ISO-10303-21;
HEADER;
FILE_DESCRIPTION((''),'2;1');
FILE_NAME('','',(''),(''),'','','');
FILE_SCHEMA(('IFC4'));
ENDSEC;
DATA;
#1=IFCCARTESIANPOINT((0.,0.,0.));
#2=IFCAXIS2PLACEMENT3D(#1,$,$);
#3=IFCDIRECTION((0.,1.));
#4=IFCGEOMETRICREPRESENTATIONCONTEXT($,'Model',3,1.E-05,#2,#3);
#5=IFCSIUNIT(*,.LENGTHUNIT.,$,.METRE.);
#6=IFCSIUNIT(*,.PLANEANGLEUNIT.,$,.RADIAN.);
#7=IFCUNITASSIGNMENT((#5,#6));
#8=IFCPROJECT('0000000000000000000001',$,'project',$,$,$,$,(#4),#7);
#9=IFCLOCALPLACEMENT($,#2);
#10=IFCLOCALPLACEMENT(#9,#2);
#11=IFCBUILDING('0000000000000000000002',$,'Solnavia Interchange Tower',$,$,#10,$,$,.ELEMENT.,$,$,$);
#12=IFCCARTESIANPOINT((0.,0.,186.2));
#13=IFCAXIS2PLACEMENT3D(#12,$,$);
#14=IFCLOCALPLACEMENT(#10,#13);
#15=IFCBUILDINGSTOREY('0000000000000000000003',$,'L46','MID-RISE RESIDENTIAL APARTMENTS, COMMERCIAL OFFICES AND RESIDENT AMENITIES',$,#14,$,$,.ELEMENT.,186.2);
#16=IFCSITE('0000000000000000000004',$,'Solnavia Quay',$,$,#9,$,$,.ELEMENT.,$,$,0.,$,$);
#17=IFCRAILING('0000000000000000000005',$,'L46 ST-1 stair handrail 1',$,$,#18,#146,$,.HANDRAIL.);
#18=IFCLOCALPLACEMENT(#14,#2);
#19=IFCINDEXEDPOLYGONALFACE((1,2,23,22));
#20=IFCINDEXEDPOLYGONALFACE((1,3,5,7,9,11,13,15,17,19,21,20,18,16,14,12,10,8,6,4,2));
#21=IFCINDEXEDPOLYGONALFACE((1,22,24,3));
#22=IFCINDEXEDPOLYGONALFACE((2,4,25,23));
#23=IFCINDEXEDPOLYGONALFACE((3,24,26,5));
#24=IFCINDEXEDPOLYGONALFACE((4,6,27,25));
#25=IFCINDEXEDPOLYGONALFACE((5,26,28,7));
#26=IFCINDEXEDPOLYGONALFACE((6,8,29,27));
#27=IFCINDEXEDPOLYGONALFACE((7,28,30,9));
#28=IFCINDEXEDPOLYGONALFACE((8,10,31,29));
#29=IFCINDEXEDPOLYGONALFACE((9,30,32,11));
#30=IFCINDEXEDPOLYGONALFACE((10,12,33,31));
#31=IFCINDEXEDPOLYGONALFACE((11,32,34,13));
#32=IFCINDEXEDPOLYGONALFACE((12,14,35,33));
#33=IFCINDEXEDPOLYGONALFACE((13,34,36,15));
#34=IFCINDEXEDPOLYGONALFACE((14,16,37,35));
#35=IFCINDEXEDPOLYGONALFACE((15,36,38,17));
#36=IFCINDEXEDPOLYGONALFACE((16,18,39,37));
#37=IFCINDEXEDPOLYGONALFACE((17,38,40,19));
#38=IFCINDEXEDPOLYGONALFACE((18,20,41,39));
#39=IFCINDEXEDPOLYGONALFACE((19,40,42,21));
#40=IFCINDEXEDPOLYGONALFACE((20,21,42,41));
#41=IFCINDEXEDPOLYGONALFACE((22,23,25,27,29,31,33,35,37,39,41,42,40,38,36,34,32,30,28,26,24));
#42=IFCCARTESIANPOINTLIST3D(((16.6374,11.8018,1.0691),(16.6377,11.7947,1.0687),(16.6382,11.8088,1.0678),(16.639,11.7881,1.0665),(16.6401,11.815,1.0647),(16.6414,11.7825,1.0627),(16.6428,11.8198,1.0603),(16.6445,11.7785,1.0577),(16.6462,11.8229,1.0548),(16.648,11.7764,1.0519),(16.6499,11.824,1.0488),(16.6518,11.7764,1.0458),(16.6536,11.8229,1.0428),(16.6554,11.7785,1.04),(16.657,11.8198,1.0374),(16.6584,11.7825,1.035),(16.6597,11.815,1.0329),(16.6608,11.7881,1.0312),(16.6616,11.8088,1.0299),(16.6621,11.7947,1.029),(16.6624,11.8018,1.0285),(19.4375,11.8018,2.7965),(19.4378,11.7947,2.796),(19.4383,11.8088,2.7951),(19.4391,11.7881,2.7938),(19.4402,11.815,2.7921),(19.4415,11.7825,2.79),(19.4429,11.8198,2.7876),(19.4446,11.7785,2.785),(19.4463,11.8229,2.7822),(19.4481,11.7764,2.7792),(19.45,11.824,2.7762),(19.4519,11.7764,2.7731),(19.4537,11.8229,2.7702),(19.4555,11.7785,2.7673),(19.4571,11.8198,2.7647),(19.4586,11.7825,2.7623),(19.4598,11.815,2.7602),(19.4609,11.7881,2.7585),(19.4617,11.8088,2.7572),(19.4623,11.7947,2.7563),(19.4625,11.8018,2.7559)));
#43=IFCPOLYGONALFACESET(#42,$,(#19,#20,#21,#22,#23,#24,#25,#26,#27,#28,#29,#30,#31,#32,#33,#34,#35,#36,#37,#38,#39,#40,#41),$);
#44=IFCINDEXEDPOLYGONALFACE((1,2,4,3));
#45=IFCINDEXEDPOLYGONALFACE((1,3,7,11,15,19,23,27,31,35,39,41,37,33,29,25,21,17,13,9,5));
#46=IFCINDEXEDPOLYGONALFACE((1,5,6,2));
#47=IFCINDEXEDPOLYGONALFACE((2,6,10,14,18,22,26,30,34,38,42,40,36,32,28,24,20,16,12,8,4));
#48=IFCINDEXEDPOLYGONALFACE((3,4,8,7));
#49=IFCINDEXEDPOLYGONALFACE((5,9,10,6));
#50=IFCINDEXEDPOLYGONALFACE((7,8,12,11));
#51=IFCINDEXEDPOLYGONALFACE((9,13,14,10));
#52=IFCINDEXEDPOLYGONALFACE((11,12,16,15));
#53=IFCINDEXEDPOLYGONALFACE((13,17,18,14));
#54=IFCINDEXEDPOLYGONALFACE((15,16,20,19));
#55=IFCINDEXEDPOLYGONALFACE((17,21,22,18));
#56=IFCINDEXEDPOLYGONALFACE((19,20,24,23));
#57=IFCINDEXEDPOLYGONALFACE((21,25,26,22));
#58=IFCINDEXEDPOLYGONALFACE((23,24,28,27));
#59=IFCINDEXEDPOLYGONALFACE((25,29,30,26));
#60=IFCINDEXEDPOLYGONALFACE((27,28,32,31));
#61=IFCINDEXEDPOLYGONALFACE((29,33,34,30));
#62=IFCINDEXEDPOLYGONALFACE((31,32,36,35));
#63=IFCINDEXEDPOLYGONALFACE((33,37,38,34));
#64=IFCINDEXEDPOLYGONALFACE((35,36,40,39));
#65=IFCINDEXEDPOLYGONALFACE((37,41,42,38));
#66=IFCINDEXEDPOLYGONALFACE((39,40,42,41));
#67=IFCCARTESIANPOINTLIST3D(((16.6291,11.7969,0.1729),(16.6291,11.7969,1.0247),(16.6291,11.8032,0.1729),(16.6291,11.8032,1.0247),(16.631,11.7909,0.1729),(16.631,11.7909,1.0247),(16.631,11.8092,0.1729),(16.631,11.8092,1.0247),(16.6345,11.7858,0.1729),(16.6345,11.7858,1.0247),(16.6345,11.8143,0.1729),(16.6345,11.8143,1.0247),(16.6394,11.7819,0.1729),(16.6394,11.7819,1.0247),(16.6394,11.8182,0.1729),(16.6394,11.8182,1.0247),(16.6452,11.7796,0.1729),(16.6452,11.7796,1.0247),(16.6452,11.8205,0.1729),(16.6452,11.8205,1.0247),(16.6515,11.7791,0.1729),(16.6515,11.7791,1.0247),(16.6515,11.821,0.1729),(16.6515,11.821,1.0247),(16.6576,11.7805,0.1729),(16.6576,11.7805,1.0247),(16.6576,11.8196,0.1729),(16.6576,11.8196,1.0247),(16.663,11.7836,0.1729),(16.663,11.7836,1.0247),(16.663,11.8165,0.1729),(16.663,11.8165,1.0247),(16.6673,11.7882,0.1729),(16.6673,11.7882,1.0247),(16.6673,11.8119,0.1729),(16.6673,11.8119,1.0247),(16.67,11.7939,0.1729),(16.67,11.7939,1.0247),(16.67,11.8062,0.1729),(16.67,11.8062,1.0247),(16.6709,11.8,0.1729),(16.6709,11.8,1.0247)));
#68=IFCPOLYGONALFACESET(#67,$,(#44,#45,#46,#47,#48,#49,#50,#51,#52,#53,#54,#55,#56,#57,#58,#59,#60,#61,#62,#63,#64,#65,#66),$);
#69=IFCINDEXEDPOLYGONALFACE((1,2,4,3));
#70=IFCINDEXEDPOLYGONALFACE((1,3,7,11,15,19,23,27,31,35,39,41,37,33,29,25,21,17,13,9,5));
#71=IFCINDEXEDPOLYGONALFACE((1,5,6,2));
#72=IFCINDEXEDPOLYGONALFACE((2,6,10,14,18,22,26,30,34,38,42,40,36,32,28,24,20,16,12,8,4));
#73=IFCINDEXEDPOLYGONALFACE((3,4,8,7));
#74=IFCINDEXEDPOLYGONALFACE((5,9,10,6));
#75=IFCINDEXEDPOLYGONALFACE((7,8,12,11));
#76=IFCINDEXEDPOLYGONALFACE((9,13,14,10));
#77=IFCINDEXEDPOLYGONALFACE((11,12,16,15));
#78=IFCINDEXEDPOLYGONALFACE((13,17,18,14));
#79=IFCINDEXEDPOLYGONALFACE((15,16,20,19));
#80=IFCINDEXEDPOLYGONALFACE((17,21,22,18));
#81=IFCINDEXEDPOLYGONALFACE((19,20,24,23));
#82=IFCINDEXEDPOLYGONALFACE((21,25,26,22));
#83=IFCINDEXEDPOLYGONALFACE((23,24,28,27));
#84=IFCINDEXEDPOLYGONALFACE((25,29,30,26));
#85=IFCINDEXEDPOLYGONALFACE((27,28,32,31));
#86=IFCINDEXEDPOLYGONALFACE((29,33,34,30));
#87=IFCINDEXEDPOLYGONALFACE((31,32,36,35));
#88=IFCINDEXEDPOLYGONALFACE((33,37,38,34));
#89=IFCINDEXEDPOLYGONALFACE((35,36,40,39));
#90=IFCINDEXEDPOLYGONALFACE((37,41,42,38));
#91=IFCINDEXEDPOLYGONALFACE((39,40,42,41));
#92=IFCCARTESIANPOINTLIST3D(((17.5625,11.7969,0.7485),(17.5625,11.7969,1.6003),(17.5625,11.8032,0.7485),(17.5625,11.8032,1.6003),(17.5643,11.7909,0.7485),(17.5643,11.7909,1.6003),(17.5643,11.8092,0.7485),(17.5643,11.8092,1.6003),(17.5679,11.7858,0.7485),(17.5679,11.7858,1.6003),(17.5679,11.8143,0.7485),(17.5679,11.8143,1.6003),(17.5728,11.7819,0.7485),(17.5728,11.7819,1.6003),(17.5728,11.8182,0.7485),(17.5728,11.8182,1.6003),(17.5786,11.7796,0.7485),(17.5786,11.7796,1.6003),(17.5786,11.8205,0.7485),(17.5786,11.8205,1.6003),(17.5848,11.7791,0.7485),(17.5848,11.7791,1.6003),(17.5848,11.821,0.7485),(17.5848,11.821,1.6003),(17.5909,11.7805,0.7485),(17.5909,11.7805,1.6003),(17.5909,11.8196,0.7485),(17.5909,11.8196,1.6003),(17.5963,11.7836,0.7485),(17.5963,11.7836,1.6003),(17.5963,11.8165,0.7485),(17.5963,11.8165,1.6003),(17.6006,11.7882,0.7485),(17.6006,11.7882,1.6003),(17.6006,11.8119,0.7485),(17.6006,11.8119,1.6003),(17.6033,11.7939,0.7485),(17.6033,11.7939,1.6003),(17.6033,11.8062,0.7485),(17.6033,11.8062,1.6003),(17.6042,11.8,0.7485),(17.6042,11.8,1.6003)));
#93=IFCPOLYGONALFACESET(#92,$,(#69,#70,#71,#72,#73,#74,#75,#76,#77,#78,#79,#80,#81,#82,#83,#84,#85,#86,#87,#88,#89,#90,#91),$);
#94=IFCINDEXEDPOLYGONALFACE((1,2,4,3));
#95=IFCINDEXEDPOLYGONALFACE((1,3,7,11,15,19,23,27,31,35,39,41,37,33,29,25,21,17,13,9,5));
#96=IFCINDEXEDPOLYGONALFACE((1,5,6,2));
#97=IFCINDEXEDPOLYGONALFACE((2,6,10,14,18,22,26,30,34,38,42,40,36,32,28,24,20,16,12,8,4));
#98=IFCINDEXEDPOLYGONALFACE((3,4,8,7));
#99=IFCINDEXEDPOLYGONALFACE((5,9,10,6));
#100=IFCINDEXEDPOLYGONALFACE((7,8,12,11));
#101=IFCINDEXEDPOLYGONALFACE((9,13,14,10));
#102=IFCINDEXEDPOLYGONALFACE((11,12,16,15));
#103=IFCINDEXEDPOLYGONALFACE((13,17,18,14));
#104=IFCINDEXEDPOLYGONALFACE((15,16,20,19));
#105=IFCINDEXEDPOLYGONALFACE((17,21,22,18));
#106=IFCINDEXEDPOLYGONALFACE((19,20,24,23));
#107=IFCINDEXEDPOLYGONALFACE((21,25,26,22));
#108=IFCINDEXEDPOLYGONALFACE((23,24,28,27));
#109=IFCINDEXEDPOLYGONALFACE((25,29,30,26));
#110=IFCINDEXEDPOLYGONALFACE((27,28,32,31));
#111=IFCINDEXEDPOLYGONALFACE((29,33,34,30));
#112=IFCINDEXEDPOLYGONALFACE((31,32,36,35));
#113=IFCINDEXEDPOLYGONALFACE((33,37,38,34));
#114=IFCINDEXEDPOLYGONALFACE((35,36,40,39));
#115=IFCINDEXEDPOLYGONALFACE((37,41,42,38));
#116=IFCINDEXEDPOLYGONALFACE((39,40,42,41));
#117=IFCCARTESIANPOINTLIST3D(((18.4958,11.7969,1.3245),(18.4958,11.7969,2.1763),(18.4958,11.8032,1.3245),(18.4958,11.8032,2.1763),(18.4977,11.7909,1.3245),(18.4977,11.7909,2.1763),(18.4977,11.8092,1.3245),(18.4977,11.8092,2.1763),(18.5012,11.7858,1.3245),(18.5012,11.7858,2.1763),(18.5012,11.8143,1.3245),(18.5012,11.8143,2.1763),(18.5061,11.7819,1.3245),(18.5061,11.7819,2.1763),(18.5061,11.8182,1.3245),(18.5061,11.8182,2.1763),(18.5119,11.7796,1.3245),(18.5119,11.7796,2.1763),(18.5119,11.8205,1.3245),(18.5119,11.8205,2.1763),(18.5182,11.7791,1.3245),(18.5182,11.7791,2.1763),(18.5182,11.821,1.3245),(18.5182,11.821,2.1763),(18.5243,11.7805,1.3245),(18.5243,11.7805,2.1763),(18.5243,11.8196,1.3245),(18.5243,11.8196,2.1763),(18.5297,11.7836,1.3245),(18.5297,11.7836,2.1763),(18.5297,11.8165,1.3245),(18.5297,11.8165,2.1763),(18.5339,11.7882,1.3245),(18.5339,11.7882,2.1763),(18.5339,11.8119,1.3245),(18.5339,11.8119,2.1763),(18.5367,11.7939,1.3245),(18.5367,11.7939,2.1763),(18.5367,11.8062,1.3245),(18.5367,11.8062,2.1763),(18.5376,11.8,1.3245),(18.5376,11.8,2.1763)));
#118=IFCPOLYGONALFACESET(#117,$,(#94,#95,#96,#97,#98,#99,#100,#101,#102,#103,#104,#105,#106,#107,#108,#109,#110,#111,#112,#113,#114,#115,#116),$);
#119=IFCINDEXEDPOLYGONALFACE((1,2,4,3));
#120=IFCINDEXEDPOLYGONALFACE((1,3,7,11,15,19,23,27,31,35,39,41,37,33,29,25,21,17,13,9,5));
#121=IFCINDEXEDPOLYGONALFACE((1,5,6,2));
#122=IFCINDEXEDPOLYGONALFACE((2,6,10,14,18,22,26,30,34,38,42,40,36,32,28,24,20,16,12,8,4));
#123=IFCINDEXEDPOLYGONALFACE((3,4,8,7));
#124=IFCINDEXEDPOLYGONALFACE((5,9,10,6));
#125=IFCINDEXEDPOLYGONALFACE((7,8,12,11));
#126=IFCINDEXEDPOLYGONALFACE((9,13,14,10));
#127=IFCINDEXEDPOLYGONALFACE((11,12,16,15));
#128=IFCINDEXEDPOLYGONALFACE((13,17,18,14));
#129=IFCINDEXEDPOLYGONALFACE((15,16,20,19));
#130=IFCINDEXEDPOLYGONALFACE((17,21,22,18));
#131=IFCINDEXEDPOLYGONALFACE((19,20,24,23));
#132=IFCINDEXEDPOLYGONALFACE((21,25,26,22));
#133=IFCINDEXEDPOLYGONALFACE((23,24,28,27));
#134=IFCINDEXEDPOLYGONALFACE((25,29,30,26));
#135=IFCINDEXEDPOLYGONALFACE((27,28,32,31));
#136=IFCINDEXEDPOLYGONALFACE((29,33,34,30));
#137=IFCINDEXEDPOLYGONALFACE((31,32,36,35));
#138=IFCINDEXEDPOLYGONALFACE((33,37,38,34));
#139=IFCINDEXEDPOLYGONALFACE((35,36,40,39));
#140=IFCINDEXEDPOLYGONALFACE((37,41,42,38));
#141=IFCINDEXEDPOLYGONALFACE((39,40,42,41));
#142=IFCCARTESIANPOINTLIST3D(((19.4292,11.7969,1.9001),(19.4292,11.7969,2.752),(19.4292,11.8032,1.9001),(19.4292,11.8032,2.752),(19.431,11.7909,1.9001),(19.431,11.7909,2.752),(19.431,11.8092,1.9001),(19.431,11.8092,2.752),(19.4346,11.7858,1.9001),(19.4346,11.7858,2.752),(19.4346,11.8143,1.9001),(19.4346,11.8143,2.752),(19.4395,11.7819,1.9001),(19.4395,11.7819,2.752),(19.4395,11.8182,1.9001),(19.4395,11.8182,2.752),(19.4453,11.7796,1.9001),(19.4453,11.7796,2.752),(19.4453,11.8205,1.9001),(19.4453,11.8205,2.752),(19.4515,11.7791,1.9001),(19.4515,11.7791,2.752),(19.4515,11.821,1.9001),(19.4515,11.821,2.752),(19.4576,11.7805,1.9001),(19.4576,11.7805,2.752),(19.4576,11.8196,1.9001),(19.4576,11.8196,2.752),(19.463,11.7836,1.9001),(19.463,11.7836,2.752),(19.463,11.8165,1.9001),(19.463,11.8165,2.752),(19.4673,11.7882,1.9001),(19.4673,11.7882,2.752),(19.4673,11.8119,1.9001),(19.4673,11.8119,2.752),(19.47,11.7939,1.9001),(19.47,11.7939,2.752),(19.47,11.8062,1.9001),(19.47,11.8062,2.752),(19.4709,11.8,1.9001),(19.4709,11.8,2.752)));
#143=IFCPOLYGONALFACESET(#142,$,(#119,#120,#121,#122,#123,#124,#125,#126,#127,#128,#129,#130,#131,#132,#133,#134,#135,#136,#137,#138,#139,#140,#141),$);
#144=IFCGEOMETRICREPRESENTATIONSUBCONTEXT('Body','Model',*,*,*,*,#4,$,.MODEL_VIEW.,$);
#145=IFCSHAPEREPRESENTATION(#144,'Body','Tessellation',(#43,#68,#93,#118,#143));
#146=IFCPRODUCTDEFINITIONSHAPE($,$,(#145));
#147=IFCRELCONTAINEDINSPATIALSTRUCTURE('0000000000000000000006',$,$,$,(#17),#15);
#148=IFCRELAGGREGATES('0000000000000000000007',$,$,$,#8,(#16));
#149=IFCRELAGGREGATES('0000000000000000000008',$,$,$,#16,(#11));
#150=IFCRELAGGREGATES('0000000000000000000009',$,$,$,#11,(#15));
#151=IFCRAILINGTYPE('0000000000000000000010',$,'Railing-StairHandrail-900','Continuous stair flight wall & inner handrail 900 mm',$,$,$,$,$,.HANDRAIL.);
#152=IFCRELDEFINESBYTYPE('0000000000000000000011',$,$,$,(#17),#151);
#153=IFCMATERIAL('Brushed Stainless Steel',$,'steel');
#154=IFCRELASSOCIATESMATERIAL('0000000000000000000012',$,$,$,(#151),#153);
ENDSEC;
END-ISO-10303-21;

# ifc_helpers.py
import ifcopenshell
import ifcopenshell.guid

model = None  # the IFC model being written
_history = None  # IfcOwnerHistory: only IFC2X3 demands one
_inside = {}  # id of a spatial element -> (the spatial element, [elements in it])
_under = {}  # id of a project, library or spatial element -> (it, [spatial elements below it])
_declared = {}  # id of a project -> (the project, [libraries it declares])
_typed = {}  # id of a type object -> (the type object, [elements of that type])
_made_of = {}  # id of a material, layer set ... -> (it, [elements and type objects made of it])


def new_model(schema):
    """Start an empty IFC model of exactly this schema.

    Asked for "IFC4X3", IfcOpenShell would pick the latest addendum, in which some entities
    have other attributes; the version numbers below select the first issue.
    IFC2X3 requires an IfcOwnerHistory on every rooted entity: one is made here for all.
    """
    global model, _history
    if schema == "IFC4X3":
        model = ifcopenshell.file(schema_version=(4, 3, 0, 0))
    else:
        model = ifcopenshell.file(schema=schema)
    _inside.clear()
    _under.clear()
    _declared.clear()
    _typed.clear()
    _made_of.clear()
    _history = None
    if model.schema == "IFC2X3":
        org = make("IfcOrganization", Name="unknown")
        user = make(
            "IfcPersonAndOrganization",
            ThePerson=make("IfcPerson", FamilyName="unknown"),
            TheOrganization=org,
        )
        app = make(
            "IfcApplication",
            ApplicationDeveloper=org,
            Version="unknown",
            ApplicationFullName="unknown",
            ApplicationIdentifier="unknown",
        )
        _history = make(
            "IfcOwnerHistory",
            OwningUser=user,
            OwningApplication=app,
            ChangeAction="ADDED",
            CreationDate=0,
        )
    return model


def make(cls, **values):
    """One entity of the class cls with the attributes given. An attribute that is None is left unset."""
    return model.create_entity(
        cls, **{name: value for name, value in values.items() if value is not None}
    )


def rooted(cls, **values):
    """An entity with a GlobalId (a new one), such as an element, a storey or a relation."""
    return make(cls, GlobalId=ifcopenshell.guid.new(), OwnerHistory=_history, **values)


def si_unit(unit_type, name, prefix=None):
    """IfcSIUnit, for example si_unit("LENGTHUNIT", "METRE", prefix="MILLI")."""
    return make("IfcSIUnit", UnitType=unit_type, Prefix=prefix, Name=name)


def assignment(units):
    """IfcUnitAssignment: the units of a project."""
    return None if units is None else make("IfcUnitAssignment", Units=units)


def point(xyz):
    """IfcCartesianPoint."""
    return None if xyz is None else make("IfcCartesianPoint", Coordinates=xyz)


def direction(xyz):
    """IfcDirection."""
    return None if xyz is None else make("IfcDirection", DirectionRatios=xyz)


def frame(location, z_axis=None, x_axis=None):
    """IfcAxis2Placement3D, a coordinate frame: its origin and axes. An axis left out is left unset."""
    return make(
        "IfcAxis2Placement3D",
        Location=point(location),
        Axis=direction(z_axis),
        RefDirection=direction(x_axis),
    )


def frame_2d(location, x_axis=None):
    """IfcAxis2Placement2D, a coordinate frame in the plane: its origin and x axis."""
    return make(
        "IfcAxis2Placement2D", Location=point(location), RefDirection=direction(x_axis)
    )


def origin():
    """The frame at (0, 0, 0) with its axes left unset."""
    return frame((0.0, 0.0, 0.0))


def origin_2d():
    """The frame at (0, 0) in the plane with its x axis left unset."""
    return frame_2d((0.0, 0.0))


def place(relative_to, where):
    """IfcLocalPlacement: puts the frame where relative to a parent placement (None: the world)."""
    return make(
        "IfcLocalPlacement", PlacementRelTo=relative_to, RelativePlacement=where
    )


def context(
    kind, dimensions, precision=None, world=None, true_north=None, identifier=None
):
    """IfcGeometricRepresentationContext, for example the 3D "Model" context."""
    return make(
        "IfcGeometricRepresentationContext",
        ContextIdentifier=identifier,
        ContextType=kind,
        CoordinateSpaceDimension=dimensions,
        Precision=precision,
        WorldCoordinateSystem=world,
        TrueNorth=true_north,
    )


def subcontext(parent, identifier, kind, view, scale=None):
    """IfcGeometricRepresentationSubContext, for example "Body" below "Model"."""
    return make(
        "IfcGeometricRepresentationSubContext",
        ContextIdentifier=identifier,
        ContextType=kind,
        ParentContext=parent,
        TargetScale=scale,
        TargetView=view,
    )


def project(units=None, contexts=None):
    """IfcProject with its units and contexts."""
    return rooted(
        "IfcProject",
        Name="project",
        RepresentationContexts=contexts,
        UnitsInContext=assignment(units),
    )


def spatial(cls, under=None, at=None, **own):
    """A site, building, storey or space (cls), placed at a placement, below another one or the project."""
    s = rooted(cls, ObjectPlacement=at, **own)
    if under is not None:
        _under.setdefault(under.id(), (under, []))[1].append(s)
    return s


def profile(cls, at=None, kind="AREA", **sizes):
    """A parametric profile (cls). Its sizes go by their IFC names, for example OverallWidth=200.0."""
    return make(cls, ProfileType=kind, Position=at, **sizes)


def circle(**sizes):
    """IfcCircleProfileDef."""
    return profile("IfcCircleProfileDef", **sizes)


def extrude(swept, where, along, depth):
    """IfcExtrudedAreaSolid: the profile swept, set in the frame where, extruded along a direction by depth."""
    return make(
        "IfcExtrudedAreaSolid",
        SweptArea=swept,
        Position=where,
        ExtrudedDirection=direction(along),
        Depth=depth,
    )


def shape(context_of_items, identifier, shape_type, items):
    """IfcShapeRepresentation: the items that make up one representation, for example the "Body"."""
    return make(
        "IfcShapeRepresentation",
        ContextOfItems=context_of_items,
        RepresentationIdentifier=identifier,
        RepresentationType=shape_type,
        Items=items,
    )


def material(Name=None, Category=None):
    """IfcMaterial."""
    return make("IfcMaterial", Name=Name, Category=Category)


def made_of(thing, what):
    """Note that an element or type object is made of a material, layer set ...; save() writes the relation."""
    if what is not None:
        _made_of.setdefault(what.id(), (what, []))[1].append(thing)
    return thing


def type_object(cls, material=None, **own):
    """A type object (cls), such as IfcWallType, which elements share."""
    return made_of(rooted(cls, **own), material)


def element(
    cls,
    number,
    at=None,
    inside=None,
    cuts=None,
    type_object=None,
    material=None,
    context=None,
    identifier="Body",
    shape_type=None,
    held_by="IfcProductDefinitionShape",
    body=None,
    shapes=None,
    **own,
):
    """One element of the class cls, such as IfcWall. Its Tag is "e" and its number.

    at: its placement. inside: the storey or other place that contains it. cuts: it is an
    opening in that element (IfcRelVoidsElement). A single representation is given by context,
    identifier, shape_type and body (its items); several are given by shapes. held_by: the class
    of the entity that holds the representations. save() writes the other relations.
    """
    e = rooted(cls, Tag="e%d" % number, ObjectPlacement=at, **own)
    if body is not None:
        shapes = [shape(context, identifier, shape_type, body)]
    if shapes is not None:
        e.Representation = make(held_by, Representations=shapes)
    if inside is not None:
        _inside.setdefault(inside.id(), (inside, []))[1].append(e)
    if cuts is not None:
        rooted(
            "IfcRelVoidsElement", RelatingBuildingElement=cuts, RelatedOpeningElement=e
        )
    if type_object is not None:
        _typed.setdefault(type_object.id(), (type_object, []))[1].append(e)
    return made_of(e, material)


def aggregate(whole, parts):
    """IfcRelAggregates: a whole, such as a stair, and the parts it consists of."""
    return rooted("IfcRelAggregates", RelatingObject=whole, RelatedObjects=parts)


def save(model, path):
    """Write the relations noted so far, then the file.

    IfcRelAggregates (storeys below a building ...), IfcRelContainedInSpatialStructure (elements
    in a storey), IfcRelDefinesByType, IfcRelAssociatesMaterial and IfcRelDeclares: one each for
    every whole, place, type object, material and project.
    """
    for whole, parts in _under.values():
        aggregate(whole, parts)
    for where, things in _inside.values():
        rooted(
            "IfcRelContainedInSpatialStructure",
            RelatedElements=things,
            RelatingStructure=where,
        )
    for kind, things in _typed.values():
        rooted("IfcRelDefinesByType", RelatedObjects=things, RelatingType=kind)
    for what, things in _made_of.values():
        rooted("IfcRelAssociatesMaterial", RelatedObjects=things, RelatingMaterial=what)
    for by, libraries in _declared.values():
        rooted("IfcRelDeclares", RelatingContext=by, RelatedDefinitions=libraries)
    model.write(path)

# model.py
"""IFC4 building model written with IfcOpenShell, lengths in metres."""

from ifc_helpers import new_model, si_unit, direction, frame, origin, origin_2d, place, context, subcontext, project, spatial, circle, extrude, material, type_object, element, save


model = new_model("IFC4")

# Units and contexts
model_context = context("Model", 3, precision=1e-05, world=origin(), true_north=direction((0.0, 1.0)))
body_context = subcontext(model_context, "Body", "Model", "MODEL_VIEW")
ifc_project = project(units=[si_unit("LENGTHUNIT", "METRE"), si_unit("PLANEANGLEUNIT", "RADIAN")], contexts=[model_context])

# Site, building, storey
site_placement = place(None, origin())
site = spatial("IfcSite", under=ifc_project, at=site_placement, Name="Solnavia Quay", CompositionType="ELEMENT", RefElevation=0.0)
building_placement = place(site_placement, origin())
building = spatial("IfcBuilding", under=site, at=building_placement, Name="Solnavia Interchange Tower", CompositionType="ELEMENT")
storey_placement = place(building_placement, frame((0.0, 0.0, 186.2)))
storey = spatial("IfcBuildingStorey", under=building, at=storey_placement, Name="L46", Description="MID-RISE RESIDENTIAL APARTMENTS, COMMERCIAL OFFICES AND RESIDENT AMENITIES", CompositionType="ELEMENT", Elevation=186.2)

# Railing
ifc_material_1 = material(Name="Brushed Stainless Steel", Category="steel")
railing_type_1 = type_object("IfcRailingType", Name="Railing-StairHandrail-900", Description="Continuous stair flight wall & inner handrail 900 mm", PredefinedType="HANDRAIL", material=ifc_material_1)
railing_1_placement = place(storey_placement, frame((16.6499, 11.8, 0.1729)))
element("IfcRailing", 1, at=railing_1_placement, inside=storey, type_object=railing_type_1, Name="L46 ST-1 stair handrail 1", PredefinedType="HANDRAIL", context=body_context, shape_type="SweptSolid", body=[
    extrude(circle(Radius=0.0239, at=origin_2d()), frame((0.0, 0.0, 0.876), z_axis=(0.85109, 0.0, 0.52502), x_axis=(0.0, 1.0, 0.0)), (0.0, 0.0, 1.0), 3.29),
    extrude(circle(Radius=0.021, at=origin_2d()), origin(), (0.0, 0.0, 1.0), 0.8518),
    extrude(circle(Radius=0.021, at=origin_2d()), frame((0.9333, 0.0, 0.5757)), (0.0, 0.0, 1.0), 0.8518),
    extrude(circle(Radius=0.021, at=origin_2d()), frame((1.8667, 0.0, 1.1516)), (0.0, 0.0, 1.0), 0.8518),
    extrude(circle(Radius=0.021, at=origin_2d()), frame((2.8, 0.0, 1.7273)), (0.0, 0.0, 1.0), 0.8518),
])

save(model, "model.ifc")
